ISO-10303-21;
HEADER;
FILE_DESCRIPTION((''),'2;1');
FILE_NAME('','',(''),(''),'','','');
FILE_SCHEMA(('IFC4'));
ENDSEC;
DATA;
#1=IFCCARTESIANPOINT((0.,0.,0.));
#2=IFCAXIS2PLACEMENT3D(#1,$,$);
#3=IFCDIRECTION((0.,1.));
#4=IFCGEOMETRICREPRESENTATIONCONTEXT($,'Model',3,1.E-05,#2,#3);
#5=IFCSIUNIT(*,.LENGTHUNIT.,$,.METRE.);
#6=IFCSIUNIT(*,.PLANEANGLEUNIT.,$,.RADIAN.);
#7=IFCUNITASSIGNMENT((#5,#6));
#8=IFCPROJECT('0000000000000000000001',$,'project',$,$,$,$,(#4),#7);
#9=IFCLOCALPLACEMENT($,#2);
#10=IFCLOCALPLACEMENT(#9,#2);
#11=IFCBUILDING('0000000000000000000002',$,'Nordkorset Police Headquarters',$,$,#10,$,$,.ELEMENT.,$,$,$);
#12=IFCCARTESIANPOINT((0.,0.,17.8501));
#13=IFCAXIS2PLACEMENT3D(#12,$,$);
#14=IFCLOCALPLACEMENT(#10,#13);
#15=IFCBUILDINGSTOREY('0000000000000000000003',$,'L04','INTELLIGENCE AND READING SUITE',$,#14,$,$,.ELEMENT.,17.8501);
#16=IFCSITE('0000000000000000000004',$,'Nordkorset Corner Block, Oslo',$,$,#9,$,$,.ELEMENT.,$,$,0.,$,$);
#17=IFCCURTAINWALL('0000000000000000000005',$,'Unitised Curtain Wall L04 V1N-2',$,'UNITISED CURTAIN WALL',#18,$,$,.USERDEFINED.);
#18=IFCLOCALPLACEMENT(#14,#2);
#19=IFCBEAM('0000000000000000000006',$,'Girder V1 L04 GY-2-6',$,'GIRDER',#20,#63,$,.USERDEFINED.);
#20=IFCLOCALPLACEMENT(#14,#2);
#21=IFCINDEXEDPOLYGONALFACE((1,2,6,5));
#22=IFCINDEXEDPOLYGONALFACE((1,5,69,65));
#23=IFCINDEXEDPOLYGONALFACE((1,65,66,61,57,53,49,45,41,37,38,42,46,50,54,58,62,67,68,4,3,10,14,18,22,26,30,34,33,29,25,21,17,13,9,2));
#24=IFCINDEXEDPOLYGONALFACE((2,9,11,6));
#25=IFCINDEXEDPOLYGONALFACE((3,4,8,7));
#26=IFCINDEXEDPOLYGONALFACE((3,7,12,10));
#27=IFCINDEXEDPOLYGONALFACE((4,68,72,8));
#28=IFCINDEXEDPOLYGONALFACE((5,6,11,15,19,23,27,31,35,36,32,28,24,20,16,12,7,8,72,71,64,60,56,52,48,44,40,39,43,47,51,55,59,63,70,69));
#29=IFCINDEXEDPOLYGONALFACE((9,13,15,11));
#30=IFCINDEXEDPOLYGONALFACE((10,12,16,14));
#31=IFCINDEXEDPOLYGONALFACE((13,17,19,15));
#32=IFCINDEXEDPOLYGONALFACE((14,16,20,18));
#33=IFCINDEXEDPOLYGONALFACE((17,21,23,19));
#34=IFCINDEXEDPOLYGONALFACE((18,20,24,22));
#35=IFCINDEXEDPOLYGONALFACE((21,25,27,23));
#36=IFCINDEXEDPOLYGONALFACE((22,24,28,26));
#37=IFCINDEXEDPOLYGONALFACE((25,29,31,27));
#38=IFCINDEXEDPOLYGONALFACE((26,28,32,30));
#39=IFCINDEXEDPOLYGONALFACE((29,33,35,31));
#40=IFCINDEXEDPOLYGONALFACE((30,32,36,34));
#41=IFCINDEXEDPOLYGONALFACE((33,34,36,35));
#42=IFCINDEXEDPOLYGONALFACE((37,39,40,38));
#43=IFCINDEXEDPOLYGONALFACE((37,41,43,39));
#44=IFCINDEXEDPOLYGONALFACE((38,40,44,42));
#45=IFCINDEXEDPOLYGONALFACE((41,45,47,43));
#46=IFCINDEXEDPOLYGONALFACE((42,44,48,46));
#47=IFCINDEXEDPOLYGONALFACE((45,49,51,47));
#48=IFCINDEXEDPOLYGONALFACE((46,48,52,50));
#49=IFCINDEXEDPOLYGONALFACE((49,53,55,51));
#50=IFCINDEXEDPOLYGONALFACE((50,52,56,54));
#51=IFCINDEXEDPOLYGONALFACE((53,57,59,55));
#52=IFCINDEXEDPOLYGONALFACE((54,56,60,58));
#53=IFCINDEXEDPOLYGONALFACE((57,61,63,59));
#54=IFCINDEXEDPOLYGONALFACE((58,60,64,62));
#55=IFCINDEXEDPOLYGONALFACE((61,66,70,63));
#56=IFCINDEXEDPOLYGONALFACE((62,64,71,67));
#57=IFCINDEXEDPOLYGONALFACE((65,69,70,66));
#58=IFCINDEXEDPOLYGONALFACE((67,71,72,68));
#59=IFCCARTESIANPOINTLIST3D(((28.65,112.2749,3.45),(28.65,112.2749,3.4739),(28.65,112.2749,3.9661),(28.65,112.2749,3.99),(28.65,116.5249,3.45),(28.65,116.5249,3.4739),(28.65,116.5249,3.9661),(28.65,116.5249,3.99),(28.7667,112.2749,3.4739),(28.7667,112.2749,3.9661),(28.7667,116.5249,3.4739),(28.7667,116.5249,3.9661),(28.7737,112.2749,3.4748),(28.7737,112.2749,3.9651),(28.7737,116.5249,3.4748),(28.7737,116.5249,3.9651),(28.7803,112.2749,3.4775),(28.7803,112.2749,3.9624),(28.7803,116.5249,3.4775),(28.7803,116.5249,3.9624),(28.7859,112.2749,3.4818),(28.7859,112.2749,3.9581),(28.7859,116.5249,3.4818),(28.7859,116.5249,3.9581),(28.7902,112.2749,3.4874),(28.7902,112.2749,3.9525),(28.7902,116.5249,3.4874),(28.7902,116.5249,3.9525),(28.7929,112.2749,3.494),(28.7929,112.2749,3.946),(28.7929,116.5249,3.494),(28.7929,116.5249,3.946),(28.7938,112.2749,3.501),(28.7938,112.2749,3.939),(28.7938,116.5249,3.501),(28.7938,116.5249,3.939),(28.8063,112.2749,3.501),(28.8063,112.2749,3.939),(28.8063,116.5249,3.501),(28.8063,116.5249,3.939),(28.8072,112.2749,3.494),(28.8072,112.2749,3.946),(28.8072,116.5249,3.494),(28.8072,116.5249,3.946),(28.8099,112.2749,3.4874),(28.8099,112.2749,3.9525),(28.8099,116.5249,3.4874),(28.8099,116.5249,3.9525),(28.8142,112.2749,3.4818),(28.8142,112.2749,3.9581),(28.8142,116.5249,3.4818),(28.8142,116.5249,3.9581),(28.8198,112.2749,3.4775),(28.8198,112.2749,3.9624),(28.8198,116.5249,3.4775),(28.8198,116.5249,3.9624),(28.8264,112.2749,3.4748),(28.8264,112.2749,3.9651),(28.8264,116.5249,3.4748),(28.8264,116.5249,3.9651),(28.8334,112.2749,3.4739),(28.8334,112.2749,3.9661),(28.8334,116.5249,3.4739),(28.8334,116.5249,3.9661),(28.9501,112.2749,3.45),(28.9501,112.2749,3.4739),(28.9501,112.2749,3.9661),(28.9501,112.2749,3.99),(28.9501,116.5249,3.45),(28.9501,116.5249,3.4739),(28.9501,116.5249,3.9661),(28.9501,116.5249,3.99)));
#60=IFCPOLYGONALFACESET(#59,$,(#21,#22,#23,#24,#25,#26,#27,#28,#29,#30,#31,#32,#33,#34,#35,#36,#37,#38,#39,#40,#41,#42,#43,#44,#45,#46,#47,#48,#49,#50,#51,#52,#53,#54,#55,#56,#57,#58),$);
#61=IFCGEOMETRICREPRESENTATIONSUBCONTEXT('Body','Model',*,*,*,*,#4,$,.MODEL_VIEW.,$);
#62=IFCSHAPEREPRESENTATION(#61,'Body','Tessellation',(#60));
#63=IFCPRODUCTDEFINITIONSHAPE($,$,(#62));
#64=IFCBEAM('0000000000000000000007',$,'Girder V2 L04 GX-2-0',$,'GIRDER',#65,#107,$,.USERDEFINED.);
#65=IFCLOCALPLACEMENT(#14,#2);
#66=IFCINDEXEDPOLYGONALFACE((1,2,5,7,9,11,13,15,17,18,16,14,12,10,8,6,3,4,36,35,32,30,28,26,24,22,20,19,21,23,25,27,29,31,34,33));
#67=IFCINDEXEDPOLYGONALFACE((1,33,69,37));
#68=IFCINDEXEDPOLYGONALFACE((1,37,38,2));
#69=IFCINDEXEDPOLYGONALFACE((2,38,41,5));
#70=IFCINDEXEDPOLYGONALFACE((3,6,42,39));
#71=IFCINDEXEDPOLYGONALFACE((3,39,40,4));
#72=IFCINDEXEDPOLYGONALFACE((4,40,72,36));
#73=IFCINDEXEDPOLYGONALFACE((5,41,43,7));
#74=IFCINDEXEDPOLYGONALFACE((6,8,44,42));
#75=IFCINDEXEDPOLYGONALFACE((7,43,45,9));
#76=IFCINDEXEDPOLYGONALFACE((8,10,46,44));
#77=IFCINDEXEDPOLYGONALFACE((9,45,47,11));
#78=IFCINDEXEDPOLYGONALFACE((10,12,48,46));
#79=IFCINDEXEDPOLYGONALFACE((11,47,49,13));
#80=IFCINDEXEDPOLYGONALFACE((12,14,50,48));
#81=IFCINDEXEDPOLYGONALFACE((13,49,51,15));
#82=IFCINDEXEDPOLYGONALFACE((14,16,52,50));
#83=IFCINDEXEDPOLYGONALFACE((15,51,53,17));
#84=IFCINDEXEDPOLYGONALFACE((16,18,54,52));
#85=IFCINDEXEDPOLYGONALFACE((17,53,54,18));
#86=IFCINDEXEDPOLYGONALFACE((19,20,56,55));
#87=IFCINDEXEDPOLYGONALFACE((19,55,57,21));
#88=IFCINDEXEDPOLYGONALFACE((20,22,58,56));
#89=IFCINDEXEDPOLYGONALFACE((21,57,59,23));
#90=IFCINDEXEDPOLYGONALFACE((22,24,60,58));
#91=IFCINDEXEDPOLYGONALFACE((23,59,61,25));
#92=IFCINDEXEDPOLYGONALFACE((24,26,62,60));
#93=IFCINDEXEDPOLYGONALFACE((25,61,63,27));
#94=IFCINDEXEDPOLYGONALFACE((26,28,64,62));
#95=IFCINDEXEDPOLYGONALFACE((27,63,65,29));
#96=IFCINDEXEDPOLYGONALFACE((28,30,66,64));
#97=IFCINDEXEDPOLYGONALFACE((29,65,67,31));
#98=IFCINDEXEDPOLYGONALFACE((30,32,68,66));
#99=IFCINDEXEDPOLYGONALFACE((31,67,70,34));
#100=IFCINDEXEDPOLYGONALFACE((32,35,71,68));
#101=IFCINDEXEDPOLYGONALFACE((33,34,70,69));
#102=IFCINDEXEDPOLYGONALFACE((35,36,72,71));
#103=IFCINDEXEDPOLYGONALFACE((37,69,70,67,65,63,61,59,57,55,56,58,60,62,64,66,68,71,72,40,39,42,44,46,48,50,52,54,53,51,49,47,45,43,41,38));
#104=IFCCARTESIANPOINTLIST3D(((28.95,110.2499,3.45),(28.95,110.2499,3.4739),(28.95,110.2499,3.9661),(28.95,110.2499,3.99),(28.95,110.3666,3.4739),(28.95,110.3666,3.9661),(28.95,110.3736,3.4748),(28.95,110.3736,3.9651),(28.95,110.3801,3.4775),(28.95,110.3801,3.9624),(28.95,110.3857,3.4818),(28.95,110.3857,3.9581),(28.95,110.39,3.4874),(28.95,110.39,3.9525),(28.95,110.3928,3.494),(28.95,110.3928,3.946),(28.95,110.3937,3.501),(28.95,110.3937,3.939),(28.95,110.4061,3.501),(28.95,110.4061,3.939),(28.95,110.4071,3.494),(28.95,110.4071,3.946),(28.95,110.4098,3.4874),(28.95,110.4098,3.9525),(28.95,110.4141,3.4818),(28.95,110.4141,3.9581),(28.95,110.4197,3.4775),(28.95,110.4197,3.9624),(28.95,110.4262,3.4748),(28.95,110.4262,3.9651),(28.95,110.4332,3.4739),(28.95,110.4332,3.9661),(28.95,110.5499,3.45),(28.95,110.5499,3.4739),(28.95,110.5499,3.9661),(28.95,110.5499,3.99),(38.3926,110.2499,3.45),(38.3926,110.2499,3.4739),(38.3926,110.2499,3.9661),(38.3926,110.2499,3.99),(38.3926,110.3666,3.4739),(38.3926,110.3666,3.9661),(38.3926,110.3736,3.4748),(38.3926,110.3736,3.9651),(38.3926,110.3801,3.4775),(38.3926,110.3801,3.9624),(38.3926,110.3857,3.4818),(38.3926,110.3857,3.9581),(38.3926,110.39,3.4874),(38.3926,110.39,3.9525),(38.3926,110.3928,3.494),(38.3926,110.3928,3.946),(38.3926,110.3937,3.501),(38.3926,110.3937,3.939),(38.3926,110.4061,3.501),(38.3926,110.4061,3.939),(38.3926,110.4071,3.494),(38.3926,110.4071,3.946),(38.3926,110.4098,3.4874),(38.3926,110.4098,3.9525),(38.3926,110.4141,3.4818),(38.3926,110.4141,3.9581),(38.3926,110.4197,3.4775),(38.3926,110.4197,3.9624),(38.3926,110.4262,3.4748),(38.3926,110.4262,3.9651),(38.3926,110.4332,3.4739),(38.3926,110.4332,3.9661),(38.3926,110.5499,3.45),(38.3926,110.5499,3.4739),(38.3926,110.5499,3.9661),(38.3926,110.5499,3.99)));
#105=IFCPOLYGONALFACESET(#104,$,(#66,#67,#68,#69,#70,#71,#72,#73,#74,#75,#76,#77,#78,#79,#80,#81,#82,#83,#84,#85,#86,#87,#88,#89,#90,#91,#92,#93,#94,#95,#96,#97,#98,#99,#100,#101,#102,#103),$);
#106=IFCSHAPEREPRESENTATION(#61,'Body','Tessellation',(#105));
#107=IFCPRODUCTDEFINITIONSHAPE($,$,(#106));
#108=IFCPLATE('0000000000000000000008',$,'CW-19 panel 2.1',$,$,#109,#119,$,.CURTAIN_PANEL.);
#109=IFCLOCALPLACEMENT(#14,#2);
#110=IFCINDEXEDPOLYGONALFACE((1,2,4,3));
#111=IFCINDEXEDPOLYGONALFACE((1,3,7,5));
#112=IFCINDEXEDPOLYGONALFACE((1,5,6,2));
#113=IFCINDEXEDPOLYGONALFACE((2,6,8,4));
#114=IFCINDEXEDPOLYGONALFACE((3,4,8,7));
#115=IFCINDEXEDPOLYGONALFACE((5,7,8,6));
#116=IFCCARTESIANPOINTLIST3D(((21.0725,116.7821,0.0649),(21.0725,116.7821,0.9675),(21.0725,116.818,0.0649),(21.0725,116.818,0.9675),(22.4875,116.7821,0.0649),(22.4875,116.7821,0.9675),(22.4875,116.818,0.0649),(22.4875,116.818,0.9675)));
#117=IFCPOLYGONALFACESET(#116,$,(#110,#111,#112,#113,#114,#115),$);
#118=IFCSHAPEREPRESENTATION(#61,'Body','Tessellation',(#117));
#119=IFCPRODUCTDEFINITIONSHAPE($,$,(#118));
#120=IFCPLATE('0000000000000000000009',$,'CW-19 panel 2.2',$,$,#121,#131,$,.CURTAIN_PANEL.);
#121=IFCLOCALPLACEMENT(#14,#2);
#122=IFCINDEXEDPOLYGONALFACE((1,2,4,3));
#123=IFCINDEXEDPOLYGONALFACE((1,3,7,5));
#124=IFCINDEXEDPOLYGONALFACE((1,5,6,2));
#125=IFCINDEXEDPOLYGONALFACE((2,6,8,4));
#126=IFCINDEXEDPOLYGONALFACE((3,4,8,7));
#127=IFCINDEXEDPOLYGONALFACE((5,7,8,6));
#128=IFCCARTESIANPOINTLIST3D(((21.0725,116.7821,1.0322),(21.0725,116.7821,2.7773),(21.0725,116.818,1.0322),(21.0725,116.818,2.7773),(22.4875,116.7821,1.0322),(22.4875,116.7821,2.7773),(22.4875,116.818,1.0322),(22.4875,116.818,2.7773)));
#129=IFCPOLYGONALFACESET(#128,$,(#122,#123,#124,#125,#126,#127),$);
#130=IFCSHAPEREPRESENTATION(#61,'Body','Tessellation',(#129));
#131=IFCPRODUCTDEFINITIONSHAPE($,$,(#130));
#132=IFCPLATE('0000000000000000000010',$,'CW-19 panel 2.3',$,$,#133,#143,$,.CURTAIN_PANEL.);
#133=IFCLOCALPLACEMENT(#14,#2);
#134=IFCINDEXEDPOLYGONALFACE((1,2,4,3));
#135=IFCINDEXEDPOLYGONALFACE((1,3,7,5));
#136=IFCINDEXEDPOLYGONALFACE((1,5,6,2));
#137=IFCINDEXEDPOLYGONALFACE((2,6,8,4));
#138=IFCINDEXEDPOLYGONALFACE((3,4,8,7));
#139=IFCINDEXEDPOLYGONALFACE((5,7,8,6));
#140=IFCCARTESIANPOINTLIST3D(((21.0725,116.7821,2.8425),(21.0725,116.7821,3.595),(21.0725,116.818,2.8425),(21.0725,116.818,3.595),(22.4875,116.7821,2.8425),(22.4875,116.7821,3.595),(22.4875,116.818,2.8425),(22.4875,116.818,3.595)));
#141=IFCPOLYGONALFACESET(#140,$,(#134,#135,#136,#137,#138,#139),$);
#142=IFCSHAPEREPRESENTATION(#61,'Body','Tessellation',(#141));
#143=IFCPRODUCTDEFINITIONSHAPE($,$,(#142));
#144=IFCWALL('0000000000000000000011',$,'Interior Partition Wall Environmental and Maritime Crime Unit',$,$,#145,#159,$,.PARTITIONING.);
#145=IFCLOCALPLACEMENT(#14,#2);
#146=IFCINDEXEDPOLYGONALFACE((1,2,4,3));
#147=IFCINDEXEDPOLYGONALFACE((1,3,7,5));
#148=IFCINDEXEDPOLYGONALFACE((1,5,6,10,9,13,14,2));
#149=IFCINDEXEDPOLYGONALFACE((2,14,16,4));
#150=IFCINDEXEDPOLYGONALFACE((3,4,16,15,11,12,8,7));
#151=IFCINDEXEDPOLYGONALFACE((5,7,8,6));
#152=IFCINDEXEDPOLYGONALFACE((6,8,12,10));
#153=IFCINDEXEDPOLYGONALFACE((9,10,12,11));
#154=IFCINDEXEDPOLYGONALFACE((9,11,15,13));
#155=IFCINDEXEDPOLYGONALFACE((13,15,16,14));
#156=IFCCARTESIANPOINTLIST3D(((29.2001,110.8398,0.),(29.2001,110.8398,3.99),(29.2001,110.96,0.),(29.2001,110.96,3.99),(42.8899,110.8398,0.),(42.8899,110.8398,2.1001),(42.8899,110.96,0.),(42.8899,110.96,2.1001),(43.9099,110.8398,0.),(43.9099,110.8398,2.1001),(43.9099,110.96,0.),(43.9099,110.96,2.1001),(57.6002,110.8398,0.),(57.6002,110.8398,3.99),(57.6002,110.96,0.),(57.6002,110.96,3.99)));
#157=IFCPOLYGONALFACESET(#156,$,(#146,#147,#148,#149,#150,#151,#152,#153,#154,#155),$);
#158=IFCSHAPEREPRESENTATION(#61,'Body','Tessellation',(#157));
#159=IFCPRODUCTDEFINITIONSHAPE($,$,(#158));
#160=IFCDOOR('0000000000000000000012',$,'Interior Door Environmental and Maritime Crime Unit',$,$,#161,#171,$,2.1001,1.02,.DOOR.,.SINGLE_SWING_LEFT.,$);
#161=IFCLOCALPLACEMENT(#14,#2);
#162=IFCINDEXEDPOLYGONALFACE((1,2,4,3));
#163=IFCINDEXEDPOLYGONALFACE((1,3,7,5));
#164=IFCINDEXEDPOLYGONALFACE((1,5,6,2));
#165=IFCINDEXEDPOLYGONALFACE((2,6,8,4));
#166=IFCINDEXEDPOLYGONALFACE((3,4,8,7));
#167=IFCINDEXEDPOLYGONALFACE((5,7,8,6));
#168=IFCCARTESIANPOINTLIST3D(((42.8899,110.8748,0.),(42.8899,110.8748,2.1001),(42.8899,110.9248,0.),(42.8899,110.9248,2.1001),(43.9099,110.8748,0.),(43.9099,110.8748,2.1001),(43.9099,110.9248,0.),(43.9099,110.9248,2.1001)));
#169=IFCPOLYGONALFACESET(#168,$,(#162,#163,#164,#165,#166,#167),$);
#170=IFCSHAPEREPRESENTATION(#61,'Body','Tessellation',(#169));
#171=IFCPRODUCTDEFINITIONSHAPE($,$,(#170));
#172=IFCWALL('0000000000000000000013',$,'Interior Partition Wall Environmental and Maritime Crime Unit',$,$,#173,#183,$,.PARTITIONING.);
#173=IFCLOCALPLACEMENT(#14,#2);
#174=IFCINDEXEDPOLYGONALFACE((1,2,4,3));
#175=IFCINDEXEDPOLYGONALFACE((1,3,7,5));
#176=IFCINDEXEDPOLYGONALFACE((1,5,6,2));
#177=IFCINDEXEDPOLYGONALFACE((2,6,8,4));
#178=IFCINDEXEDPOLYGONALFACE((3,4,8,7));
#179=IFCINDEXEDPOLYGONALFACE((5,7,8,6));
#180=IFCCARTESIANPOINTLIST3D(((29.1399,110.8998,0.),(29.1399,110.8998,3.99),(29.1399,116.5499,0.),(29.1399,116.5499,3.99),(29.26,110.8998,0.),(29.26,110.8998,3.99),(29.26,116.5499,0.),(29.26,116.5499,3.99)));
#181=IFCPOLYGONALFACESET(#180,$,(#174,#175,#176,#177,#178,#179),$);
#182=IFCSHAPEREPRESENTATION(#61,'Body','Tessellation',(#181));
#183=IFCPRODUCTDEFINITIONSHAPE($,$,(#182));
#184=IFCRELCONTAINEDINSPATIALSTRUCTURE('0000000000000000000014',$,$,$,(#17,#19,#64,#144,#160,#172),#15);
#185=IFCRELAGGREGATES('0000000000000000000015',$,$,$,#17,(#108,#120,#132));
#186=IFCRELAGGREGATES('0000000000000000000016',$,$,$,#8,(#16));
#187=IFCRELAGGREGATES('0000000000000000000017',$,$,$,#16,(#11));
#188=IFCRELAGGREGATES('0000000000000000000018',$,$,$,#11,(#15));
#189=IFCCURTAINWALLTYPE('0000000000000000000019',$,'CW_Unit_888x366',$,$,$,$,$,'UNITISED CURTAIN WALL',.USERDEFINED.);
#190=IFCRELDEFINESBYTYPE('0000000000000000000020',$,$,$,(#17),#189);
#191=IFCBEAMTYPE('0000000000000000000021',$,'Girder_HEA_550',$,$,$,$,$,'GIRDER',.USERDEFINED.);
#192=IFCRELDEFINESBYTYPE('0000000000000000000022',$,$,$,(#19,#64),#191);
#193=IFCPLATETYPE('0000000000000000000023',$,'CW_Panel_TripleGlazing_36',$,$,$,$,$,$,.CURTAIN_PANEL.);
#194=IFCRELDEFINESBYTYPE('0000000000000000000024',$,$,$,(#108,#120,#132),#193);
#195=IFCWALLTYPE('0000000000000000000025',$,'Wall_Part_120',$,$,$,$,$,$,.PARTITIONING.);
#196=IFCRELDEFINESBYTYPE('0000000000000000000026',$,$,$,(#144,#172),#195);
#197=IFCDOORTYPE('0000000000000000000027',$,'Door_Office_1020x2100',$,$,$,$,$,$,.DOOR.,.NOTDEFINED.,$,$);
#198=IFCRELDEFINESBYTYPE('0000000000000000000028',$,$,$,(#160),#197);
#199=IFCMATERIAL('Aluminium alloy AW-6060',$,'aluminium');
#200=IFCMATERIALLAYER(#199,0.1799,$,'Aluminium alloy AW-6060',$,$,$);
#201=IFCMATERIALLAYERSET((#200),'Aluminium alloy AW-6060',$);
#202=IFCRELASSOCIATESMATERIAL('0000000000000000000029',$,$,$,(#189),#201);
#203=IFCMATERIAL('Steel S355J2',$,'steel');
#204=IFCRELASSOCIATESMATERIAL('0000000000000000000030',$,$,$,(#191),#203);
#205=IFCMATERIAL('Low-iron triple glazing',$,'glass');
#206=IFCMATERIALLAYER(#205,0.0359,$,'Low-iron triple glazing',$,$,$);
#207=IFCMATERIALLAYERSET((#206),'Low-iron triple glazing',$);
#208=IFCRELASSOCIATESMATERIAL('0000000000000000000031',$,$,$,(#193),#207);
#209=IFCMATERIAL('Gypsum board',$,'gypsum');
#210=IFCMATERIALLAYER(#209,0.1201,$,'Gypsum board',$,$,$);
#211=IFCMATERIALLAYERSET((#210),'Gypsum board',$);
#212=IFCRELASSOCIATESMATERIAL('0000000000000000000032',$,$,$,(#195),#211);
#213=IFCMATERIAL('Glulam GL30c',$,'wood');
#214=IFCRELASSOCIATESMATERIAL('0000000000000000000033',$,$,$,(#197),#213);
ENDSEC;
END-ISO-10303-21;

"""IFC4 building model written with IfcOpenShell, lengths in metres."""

from ifc_helpers import new_model, si_unit, direction, frame, frame_2d, origin, origin_2d, place, context, subcontext, project, spatial, rectangle, i_section, extrude, material, layer, layer_set, material_profile, profile_set, type_object, element, fill, aggregate, save


model = new_model("IFC4")

# Units and contexts
model_context = context("Model", 3, precision=1e-05, world=origin(), true_north=direction((0.0, 1.0)))
body_context = subcontext(model_context, "Body", "Model", "MODEL_VIEW")
ifc_project = project(units=[si_unit("LENGTHUNIT", "METRE"), si_unit("PLANEANGLEUNIT", "RADIAN")], contexts=[model_context])

# Site, building, storey
site_placement = place(None, origin())
site = spatial("IfcSite", under=ifc_project, at=site_placement, Name="Nordkorset Corner Block, Oslo", CompositionType="ELEMENT", RefElevation=0.0)
building_placement = place(site_placement, origin())
building = spatial("IfcBuilding", under=site, at=building_placement, Name="Nordkorset Police Headquarters", CompositionType="ELEMENT")
storey_placement = place(building_placement, frame((0.0, 0.0, 17.8501)))
storey = spatial("IfcBuildingStorey", under=building, at=storey_placement, Name="L04", Description="INTELLIGENCE AND READING SUITE", CompositionType="ELEMENT", Elevation=17.8501)

# Curtain wall
ifc_material_1 = material(Name="Aluminium alloy AW-6060", Category="aluminium")
ifc_layer_1 = layer(ifc_material_1, 0.1799, Name="Aluminium alloy AW-6060")
ifc_layer_set_1 = layer_set([ifc_layer_1], Name="Aluminium alloy AW-6060")
curtain_wall_type = type_object("IfcCurtainWallType", Name="CW_Unit_888x366", ElementType="UNITISED CURTAIN WALL", PredefinedType="USERDEFINED", material=ifc_layer_set_1)
curtain_wall_placement = place(storey_placement, origin())
curtain_wall = element("IfcCurtainWall", 1, at=curtain_wall_placement, inside=storey, type_object=curtain_wall_type, Name="Unitised Curtain Wall L04 V1N-2", ObjectType="UNITISED CURTAIN WALL", PredefinedType="USERDEFINED")

# Beams
ifc_material_2 = material(Name="Steel S355J2", Category="steel")
ifc_material_profile_1 = material_profile(ifc_material_2, i_section(OverallWidth=0.3, OverallDepth=0.54, WebThickness=0.0125, FlangeThickness=0.0239, FilletRadius=0.0271, at=origin_2d()), Name="HEA 550")
ifc_profile_set_1 = profile_set([ifc_material_profile_1], Name="Steel S355J2")
beam_type_1 = type_object("IfcBeamType", Name="Girder_HEA_550", ElementType="GIRDER", PredefinedType="USERDEFINED", material=ifc_profile_set_1)
beam_1_placement = place(storey_placement, frame((28.8, 112.2749, 3.72), z_axis=(0.0, 1.0, 0.0), x_axis=(-1.0, 0.0, 0.0)))
element("IfcBeam", 2, at=beam_1_placement, inside=storey, type_object=beam_type_1, Name="Girder V1 L04 GY-2-6", ObjectType="GIRDER", PredefinedType="USERDEFINED", context=body_context, shape_type="SweptSolid", body=[
    extrude(i_section(OverallWidth=0.3, OverallDepth=0.54, WebThickness=0.0125, FlangeThickness=0.0239, FilletRadius=0.0271, at=origin_2d()), origin(), (0.0, 0.0, 1.0), 4.25),
])
beam_2_placement = place(storey_placement, frame((28.95, 110.3999, 3.72), z_axis=(1.0, 0.0, 0.0), x_axis=(0.0, 1.0, 0.0)))
element("IfcBeam", 3, at=beam_2_placement, inside=storey, type_object=beam_type_1, Name="Girder V2 L04 GX-2-0", ObjectType="GIRDER", PredefinedType="USERDEFINED", context=body_context, shape_type="SweptSolid", body=[
    extrude(i_section(OverallWidth=0.3, OverallDepth=0.54, WebThickness=0.0125, FlangeThickness=0.0239, FilletRadius=0.0271, at=origin_2d()), origin(), (0.0, 0.0, 1.0), 9.4426),
])

# Plates
ifc_material_3 = material(Name="Low-iron triple glazing", Category="glass")
ifc_layer_2 = layer(ifc_material_3, 0.0359, Name="Low-iron triple glazing")
ifc_layer_set_2 = layer_set([ifc_layer_2], Name="Low-iron triple glazing")
plate_type = type_object("IfcPlateType", Name="CW_Panel_TripleGlazing_36", PredefinedType="CURTAIN_PANEL", material=ifc_layer_set_2)
plate_1_placement = place(storey_placement, frame((21.78, 116.8, 0.0649), z_axis=(0.0, 0.0, 1.0), x_axis=(1.0, 0.0, 0.0)))
plate_1 = element("IfcPlate", 4, at=plate_1_placement, type_object=plate_type, Name="CW-19 panel 2.1", PredefinedType="CURTAIN_PANEL", context=body_context, shape_type="SweptSolid", body=[
    extrude(rectangle(XDim=1.415, YDim=0.0359, at=origin_2d()), origin(), (0.0, 0.0, 1.0), 0.9026),
])
plate_2_placement = place(storey_placement, frame((21.78, 116.8, 1.0322), z_axis=(0.0, 0.0, 1.0), x_axis=(1.0, 0.0, 0.0)))
plate_2 = element("IfcPlate", 5, at=plate_2_placement, type_object=plate_type, Name="CW-19 panel 2.2", PredefinedType="CURTAIN_PANEL", context=body_context, shape_type="SweptSolid", body=[
    extrude(rectangle(XDim=1.415, YDim=0.0359, at=origin_2d()), origin(), (0.0, 0.0, 1.0), 1.7451),
])
plate_3_placement = place(storey_placement, frame((21.78, 116.8, 2.8425), z_axis=(0.0, 0.0, 1.0), x_axis=(1.0, 0.0, 0.0)))
plate_3 = element("IfcPlate", 6, at=plate_3_placement, type_object=plate_type, Name="CW-19 panel 2.3", PredefinedType="CURTAIN_PANEL", context=body_context, shape_type="SweptSolid", body=[
    extrude(rectangle(XDim=1.415, YDim=0.0359, at=origin_2d()), origin(), (0.0, 0.0, 1.0), 0.7524),
])
aggregate(curtain_wall, [plate_1, plate_2, plate_3])

# Wall, opening, door
ifc_material_4 = material(Name="Gypsum board", Category="gypsum")
ifc_layer_3 = layer(ifc_material_4, 0.1201, Name="Gypsum board")
ifc_layer_set_3 = layer_set([ifc_layer_3], Name="Gypsum board")
wall_type_1 = type_object("IfcWallType", Name="Wall_Part_120", PredefinedType="PARTITIONING", material=ifc_layer_set_3)
wall_1_placement = place(storey_placement, frame((29.2, 110.8999, 0.0), z_axis=(0.0, 0.0, 1.0), x_axis=(1.0, 0.0, 0.0)))
wall_1 = element("IfcWall", 7, at=wall_1_placement, inside=storey, type_object=wall_type_1, Name="Interior Partition Wall Environmental and Maritime Crime Unit", PredefinedType="PARTITIONING", context=body_context, shape_type="SweptSolid", body=[
    extrude(rectangle(XDim=28.4001, YDim=0.1201, at=frame_2d((14.2002, 0.0))), origin(), (0.0, 0.0, 1.0), 3.99),
])
opening_placement = place(wall_1_placement, frame((13.6899, 0.0, 0.0)))
opening = element("IfcOpeningElement", 8, at=opening_placement, cuts=wall_1, PredefinedType="OPENING", context=body_context, shape_type="SweptSolid", body=[
    extrude(rectangle(XDim=1.02, YDim=2.1001, at=frame_2d((0.51, 1.05))), frame((0.0, 0.0701, 0.0), z_axis=(0.0, -1.0, 0.0), x_axis=(1.0, 0.0, 0.0)), (0.0, 0.0, 1.0), 0.1401),
])
ifc_material_5 = material(Name="Glulam GL30c", Category="wood")
door_type = type_object("IfcDoorType", Name="Door_Office_1020x2100", OperationType="NOTDEFINED", PredefinedType="DOOR", material=ifc_material_5)
door_placement = place(opening_placement, origin())
door = element("IfcDoor", 9, at=door_placement, inside=storey, type_object=door_type, Name="Interior Door Environmental and Maritime Crime Unit", OperationType="SINGLE_SWING_LEFT", OverallHeight=2.1001, OverallWidth=1.02, PredefinedType="DOOR", context=body_context, shape_type="SweptSolid", body=[
    extrude(rectangle(XDim=1.02, YDim=2.1001, at=frame_2d((0.51, 1.05))), frame((0.0, 0.0249, 0.0), z_axis=(0.0, -1.0, 0.0), x_axis=(1.0, 0.0, 0.0)), (0.0, 0.0, 1.0), 0.05),
])
fill(opening, door)

# Wall
wall_2_placement = place(storey_placement, frame((29.2, 116.55, 0.0), z_axis=(0.0, 0.0, 1.0), x_axis=(0.0, -1.0, 0.0)))
element("IfcWall", 10, at=wall_2_placement, inside=storey, type_object=wall_type_1, Name="Interior Partition Wall Environmental and Maritime Crime Unit", PredefinedType="PARTITIONING", context=body_context, shape_type="SweptSolid", body=[
    extrude(rectangle(XDim=5.6501, YDim=0.1201, at=frame_2d((2.8252, 0.0))), origin(), (0.0, 0.0, 1.0), 3.99),
])

save(model, "model.ifc")
